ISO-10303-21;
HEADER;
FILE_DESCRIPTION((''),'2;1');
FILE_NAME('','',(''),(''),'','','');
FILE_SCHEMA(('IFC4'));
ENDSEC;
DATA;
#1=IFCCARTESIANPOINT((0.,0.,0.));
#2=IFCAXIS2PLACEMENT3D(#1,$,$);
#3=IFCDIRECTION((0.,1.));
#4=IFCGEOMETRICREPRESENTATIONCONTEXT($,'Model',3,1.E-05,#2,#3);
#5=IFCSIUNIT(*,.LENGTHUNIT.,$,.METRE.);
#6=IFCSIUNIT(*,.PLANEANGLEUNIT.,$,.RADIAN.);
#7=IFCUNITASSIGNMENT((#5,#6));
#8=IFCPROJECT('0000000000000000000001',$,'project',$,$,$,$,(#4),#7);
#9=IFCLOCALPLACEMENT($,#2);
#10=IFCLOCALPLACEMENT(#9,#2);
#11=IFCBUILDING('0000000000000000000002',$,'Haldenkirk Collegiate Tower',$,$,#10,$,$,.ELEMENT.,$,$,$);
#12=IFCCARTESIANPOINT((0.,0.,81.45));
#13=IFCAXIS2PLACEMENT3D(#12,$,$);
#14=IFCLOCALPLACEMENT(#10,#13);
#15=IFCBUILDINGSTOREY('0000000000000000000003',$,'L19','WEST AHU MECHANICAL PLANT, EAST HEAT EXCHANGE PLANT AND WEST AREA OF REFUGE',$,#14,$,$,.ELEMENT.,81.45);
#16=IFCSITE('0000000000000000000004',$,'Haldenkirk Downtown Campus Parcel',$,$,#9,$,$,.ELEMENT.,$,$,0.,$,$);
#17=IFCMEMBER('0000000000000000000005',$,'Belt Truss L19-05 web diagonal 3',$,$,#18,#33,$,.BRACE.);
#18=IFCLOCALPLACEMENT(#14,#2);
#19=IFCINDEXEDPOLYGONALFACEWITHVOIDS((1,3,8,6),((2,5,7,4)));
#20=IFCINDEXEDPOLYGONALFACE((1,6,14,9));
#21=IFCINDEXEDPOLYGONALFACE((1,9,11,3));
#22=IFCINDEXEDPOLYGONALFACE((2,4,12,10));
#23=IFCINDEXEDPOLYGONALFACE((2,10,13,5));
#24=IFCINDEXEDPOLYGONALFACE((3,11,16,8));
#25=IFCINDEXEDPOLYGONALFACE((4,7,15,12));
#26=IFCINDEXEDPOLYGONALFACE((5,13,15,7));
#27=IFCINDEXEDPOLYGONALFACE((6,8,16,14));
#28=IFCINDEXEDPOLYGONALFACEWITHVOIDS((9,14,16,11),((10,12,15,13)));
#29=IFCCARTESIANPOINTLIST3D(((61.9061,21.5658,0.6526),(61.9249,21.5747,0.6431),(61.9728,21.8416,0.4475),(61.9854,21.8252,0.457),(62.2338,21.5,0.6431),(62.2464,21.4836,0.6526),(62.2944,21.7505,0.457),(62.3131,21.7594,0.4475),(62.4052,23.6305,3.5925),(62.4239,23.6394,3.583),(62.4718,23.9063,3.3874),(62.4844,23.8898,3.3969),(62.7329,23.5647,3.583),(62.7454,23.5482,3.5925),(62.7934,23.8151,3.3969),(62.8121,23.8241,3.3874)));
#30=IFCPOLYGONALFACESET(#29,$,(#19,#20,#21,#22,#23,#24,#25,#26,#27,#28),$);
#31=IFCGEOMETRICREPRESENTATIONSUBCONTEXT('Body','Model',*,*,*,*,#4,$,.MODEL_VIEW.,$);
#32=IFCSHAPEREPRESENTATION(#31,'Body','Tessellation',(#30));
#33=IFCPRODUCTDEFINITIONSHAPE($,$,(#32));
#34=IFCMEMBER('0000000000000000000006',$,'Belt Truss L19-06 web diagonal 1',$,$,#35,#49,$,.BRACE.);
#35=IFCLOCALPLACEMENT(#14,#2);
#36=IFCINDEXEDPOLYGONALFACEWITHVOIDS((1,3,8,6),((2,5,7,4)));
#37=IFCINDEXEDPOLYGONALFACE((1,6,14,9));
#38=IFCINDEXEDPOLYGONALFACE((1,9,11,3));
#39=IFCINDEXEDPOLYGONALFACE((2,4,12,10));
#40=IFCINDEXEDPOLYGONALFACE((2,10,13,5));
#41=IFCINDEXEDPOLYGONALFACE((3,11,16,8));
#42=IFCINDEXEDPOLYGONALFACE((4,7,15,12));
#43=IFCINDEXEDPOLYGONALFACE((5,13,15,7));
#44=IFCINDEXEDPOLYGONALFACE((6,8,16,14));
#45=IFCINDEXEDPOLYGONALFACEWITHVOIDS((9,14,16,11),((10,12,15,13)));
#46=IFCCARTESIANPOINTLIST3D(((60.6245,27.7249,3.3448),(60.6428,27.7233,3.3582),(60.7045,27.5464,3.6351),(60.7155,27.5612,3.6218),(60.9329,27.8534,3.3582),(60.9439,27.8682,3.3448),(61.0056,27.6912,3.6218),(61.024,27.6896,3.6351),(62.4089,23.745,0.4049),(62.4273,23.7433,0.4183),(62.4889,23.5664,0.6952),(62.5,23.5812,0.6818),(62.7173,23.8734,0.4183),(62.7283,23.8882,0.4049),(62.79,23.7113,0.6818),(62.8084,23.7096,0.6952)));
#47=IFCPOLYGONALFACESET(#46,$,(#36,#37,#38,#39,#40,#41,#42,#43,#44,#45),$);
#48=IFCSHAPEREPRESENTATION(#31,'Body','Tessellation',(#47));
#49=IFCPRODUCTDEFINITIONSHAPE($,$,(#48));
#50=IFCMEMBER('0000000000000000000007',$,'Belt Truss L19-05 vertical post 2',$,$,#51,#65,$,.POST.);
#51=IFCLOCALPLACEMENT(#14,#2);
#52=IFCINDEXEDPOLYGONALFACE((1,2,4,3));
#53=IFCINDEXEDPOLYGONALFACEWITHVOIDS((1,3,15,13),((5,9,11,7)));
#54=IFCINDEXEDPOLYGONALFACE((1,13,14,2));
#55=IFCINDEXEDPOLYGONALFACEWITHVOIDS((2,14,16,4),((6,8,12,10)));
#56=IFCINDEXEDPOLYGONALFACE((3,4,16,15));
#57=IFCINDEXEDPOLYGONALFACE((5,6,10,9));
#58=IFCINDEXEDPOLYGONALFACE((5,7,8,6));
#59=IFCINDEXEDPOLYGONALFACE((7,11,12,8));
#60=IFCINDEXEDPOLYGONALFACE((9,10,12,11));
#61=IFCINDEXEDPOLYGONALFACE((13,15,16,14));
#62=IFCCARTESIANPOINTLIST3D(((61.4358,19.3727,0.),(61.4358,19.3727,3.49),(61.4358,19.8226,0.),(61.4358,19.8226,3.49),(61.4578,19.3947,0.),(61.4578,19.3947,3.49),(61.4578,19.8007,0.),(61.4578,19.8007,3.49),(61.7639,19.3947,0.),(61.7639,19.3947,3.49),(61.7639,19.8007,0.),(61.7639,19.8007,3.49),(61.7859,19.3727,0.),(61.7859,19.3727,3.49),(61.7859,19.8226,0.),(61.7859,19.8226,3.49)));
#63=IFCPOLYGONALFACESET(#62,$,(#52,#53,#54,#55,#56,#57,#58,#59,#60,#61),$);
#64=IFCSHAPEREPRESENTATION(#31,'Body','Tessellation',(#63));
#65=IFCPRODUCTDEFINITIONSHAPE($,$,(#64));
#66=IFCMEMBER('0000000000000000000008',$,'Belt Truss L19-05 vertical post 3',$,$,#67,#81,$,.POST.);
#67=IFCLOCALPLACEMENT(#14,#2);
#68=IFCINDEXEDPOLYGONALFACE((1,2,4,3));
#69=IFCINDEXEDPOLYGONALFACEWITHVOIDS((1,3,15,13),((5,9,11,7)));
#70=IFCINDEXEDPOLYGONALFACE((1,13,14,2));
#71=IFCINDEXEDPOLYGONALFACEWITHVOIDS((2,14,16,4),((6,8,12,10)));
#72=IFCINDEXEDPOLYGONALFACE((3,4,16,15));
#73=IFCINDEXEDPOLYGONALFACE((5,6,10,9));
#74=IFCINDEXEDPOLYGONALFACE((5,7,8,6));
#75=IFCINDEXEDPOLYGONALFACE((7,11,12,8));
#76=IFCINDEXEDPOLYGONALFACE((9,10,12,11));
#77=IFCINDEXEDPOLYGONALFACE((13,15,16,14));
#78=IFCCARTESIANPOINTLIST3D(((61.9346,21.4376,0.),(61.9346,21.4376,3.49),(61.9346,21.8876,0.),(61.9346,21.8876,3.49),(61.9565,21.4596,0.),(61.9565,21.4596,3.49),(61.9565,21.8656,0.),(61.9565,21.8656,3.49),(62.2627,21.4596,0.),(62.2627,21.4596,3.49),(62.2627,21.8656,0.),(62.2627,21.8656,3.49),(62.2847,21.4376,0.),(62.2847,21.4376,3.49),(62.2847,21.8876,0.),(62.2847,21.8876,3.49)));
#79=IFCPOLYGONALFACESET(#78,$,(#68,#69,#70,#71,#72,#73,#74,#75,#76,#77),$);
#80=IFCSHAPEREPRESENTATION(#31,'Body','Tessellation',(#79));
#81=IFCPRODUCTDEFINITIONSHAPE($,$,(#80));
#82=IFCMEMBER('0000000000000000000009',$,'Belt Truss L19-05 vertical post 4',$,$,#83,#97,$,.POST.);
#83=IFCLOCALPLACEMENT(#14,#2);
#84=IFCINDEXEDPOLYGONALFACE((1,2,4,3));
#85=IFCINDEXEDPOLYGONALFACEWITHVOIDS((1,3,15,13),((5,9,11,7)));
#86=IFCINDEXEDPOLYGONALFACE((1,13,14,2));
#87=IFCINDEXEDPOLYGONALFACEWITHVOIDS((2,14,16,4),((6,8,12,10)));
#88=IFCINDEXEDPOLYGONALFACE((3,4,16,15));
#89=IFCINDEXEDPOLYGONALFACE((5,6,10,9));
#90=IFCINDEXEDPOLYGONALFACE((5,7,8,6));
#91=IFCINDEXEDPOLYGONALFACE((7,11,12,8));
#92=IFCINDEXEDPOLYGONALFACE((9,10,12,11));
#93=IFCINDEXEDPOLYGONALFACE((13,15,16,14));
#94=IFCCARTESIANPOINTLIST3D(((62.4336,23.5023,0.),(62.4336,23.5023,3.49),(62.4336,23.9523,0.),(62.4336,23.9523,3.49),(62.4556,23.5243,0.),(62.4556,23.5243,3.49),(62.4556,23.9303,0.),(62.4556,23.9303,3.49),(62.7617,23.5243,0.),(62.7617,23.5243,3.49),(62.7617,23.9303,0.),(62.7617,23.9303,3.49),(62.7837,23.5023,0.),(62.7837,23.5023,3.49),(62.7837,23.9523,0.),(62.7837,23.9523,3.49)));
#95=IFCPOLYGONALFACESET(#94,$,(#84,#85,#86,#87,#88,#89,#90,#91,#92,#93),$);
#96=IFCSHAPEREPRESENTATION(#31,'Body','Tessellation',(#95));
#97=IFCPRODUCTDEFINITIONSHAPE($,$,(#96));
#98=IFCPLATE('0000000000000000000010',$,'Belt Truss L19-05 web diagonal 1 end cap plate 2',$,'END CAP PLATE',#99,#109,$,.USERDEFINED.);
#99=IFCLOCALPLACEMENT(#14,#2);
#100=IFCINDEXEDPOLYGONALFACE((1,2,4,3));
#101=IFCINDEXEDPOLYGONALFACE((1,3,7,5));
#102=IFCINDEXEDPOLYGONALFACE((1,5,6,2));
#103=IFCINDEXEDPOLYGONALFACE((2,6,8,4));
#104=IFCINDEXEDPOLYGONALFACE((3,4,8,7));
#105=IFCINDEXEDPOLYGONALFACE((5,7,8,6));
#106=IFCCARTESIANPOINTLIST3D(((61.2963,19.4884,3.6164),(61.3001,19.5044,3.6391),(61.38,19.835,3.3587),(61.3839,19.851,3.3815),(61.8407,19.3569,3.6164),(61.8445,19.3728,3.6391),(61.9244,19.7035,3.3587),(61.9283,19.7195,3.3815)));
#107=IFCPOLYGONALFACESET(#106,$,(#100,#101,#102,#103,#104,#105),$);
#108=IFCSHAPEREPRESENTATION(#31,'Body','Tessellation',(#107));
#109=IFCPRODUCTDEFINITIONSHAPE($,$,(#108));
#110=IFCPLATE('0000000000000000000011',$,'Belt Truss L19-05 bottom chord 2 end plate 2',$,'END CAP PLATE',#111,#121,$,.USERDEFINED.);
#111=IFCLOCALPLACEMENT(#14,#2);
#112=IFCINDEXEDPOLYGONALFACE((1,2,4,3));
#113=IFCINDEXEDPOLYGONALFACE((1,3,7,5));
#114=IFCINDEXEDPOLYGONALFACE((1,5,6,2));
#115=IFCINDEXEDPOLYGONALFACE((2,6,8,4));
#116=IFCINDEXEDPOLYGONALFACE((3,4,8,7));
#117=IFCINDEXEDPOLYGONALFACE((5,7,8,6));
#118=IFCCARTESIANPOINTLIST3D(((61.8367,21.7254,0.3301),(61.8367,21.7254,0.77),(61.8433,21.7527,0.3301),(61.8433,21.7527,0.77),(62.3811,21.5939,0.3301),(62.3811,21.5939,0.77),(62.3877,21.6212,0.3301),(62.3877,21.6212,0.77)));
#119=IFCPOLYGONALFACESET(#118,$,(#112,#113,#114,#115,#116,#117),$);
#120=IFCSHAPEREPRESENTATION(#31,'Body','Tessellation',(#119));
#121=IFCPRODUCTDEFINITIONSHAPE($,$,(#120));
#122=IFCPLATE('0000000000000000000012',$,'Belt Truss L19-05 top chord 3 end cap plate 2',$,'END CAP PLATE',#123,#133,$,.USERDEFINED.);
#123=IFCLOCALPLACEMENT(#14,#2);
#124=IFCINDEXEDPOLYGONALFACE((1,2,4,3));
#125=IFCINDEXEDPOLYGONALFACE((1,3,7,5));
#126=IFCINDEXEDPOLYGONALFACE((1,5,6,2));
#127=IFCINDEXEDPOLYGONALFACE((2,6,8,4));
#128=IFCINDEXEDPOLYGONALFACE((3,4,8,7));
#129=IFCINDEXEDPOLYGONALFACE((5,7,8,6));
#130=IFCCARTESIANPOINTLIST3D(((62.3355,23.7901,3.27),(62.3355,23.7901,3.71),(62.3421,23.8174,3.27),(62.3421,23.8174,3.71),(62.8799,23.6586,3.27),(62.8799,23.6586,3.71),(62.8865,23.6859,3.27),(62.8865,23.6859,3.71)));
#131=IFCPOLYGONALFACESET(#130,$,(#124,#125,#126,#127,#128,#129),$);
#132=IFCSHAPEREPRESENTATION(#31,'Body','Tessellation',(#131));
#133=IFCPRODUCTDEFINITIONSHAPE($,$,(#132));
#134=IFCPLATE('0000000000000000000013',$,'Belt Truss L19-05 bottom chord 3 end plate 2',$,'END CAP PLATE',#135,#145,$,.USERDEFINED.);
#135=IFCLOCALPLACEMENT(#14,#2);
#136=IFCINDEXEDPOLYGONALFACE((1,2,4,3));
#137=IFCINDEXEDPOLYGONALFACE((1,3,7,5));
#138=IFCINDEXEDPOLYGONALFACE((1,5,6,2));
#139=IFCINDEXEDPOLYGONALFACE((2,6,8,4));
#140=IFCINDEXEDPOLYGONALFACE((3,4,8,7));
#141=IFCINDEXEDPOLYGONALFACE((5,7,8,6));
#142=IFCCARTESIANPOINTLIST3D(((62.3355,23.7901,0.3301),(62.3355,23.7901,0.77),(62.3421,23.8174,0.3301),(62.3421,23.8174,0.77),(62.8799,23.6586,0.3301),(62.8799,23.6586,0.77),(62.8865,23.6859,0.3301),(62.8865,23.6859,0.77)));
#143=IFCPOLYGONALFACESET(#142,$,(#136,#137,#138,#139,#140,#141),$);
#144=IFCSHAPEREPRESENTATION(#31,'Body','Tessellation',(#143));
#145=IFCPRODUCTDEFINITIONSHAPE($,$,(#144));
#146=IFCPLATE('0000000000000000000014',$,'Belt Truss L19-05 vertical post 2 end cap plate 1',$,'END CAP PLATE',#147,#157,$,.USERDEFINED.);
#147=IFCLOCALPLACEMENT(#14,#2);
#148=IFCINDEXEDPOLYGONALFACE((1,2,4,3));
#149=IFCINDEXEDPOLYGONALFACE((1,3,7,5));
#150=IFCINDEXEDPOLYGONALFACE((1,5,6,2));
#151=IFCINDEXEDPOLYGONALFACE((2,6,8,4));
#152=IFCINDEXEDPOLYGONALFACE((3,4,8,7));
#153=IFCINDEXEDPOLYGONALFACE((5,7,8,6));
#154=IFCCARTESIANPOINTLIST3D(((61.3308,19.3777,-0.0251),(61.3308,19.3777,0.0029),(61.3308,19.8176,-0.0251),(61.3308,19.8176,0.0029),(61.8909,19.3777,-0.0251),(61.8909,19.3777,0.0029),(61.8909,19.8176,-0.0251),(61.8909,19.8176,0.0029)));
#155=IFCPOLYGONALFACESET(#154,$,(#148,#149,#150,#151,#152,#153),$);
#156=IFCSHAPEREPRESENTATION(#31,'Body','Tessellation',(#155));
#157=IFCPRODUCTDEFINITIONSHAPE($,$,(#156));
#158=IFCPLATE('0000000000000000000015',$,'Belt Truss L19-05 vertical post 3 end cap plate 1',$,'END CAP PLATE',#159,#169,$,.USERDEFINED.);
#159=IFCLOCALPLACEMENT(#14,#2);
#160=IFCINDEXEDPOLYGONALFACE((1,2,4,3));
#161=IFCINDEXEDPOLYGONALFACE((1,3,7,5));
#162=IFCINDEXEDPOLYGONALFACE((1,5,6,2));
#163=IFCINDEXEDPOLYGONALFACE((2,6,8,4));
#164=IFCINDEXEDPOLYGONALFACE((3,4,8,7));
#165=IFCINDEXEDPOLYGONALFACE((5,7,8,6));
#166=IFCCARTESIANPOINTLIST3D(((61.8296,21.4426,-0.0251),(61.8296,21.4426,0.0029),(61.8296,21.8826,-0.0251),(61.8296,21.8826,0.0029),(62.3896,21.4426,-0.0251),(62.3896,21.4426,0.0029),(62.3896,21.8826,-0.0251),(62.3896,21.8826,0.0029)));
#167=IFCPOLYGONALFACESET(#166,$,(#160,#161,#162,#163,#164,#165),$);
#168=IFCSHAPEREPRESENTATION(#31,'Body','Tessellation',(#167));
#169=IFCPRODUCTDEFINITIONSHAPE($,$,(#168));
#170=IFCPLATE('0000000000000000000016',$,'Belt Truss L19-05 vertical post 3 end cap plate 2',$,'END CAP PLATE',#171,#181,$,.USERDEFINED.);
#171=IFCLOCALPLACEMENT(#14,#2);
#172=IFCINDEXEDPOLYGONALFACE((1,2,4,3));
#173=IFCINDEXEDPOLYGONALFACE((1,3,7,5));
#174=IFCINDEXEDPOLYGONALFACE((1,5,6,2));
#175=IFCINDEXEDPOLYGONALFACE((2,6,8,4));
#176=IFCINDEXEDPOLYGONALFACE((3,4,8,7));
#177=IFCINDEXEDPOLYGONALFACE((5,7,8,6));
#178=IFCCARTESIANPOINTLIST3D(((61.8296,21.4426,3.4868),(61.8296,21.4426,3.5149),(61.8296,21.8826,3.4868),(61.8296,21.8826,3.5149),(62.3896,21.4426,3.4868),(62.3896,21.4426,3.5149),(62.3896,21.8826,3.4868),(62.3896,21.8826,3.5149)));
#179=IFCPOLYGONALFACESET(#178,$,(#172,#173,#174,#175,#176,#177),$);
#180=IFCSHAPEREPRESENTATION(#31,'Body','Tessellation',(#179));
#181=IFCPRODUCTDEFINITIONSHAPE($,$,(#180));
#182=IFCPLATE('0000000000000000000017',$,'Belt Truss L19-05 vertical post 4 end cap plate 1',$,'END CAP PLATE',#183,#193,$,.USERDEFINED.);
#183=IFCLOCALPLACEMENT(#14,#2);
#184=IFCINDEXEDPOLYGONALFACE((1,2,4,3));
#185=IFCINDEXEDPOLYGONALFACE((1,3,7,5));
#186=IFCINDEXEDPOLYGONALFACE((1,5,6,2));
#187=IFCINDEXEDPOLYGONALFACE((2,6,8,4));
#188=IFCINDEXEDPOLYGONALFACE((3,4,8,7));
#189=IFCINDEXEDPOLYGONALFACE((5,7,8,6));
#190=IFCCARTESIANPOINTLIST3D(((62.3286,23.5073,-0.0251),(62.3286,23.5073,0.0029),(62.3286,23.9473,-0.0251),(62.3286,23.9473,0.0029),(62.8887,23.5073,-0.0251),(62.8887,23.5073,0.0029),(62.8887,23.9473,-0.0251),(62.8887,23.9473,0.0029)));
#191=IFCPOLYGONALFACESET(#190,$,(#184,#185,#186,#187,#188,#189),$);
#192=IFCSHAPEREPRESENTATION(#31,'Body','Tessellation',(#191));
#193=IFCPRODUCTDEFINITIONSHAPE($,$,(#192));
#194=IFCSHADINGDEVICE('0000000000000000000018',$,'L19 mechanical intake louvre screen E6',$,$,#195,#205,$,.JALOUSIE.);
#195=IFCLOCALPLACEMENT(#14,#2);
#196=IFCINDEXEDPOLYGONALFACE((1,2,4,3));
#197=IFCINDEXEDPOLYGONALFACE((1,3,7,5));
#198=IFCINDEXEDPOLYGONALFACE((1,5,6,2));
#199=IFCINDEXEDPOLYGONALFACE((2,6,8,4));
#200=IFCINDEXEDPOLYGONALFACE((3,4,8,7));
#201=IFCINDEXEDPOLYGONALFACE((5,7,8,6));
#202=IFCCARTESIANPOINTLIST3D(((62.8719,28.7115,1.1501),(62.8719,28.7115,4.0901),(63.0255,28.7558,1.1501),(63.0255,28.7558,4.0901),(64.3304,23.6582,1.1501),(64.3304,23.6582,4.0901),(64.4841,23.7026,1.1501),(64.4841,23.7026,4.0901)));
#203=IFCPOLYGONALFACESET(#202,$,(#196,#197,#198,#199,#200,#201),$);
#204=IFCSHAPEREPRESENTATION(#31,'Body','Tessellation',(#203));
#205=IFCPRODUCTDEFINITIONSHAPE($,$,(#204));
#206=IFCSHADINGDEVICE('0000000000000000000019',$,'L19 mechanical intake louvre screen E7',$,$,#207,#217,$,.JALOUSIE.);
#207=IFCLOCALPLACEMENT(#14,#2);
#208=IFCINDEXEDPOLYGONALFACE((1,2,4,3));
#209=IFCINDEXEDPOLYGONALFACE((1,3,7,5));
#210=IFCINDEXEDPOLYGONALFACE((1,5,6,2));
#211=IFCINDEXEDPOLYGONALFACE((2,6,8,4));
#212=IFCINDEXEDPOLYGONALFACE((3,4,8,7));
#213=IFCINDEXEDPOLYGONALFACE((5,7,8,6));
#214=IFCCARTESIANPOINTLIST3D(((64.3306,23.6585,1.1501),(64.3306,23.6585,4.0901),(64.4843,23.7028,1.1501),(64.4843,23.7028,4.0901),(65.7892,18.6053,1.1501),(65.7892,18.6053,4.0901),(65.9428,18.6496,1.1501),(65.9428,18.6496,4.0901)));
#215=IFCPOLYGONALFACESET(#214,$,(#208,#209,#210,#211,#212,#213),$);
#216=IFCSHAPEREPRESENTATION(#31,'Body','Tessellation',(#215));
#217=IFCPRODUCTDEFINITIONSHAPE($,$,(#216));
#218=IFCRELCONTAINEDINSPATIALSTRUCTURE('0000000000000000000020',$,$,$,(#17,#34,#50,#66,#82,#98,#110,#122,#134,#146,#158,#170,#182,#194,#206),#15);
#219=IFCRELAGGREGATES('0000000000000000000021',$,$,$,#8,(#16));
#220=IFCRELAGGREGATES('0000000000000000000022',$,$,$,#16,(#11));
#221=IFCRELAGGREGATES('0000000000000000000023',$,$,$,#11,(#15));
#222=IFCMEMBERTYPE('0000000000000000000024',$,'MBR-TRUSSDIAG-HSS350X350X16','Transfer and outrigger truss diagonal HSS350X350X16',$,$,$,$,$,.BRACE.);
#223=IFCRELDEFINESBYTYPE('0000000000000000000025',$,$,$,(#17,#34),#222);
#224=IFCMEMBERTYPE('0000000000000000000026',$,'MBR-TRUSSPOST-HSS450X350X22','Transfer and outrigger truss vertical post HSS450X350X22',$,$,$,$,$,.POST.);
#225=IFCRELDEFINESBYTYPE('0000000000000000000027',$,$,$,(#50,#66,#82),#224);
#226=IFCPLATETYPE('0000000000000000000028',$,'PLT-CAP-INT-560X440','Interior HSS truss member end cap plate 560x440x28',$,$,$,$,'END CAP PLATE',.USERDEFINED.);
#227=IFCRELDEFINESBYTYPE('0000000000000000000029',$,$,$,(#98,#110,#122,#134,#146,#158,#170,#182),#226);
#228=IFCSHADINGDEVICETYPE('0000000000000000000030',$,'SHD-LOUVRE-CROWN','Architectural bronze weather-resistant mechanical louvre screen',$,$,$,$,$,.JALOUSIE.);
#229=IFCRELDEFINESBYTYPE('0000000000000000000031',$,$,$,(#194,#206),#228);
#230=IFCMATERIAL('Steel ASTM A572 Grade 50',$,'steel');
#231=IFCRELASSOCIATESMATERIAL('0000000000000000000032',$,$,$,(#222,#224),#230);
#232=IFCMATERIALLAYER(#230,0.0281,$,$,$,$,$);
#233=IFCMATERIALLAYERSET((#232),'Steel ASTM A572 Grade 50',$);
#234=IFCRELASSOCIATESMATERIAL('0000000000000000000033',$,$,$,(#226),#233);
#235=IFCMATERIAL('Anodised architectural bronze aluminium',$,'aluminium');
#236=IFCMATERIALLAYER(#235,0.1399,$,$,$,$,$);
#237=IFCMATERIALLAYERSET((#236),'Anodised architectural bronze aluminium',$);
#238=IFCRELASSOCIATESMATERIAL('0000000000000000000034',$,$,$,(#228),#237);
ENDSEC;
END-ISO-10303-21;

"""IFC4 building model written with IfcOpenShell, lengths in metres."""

from ifc_helpers import new_model, si_unit, direction, frame, origin, origin_2d, place, context, subcontext, project, spatial, rectangle, hollow_rectangle, extrude, source, transform, mapped, material, layer, layer_set, material_profile, profile_set, type_object, element, save


model = new_model("IFC4")

# Units and contexts
model_context = context("Model", 3, precision=1e-05, world=origin(), true_north=direction((0.0, 1.0)))
body_context = subcontext(model_context, "Body", "Model", "MODEL_VIEW")
ifc_project = project(units=[si_unit("LENGTHUNIT", "METRE"), si_unit("PLANEANGLEUNIT", "RADIAN")], contexts=[model_context])

# Site, building, storey
site_placement = place(None, origin())
site = spatial("IfcSite", under=ifc_project, at=site_placement, Name="Haldenkirk Downtown Campus Parcel", CompositionType="ELEMENT", RefElevation=0.0)
building_placement = place(site_placement, origin())
building = spatial("IfcBuilding", under=site, at=building_placement, Name="Haldenkirk Collegiate Tower", CompositionType="ELEMENT")
storey_placement = place(building_placement, frame((0.0, 0.0, 81.45)))
storey = spatial("IfcBuildingStorey", under=building, at=storey_placement, Name="L19", Description="WEST AHU MECHANICAL PLANT, EAST HEAT EXCHANGE PLANT AND WEST AREA OF REFUGE", CompositionType="ELEMENT", Elevation=81.45)

# Members
ifc_material_1 = material(Name="Steel ASTM A572 Grade 50", Category="steel")
ifc_material_profile_1 = material_profile(ifc_material_1, hollow_rectangle(XDim=0.3501, YDim=0.3501, WallThickness=0.0161, at=origin_2d()), Name="HSS350X350X16")
ifc_profile_set_1 = profile_set([ifc_material_profile_1], Name="Steel ASTM A572 Grade 50")
member_type_1 = type_object("IfcMemberType", Name="MBR-TRUSSDIAG-HSS350X350X16", Description="Transfer and outrigger truss diagonal HSS350X350X16", PredefinedType="BRACE", material=ifc_profile_set_1)
member_1_placement = place(storey_placement, frame((62.1096, 21.6626, 0.55), z_axis=(0.137585, 0.569255, 0.810567), x_axis=(-0.972013, 0.234929, 0.0)))
element("IfcMember", 1, at=member_1_placement, inside=storey, type_object=member_type_1, Name="Belt Truss L19-05 web diagonal 3", PredefinedType="BRACE", context=body_context, shape_type="SweptSolid", body=[
    extrude(hollow_rectangle(XDim=0.3501, YDim=0.3501, WallThickness=0.0161, at=origin_2d()), origin(), (0.0, 0.0, 1.0), 3.627),
])
member_2_placement = place(storey_placement, frame((62.6086, 23.7273, 0.55), z_axis=(-0.339244, 0.756649, 0.558924), x_axis=(-0.912484, -0.409112, 0.0)))
element("IfcMember", 2, at=member_2_placement, inside=storey, type_object=member_type_1, Name="Belt Truss L19-06 web diagonal 1", PredefinedType="BRACE", context=body_context, shape_type="SweptSolid", body=[
    extrude(hollow_rectangle(XDim=0.3501, YDim=0.3501, WallThickness=0.0161, at=origin_2d()), origin(), (0.0, 0.0, 1.0), 5.26),
])
ifc_material_profile_2 = material_profile(ifc_material_1, hollow_rectangle(XDim=0.3501, YDim=0.45, WallThickness=0.022, at=origin_2d()), Name="HSS450X350X22")
ifc_profile_set_2 = profile_set([ifc_material_profile_2], Name="Steel ASTM A572 Grade 50")
member_type_2 = type_object("IfcMemberType", Name="MBR-TRUSSPOST-HSS450X350X22", Description="Transfer and outrigger truss vertical post HSS450X350X22", PredefinedType="POST", material=ifc_profile_set_2)
for number, where, z_axis, x_axis, name in (
    (3, (61.6108, 19.5977, 0.0), (0.0, 0.0, 1.0), (1.0, 0.0, 0.0), "Belt Truss L19-05 vertical post 2"),
    (4, (62.1096, 21.6626, 0.0), (0.0, 0.0, 1.0), (1.0, 0.0, 0.0), "Belt Truss L19-05 vertical post 3"),
    (5, (62.6086, 23.7273, 0.0), (0.0, 0.0, 1.0), (1.0, 0.0, 0.0), "Belt Truss L19-05 vertical post 4"),
):
    element("IfcMember", number, at=place(storey_placement, frame(where, z_axis=z_axis, x_axis=x_axis)), inside=storey, type_object=member_type_2, Name=name, PredefinedType="POST", context=body_context, shape_type="SweptSolid", body=[
        extrude(hollow_rectangle(XDim=0.3501, YDim=0.45, WallThickness=0.022, at=origin_2d()), origin(), (0.0, 0.0, 1.0), 3.49),
    ])

# Plates
ifc_layer_1 = layer(ifc_material_1, 0.0281)
ifc_layer_set_1 = layer_set([ifc_layer_1], Name="Steel ASTM A572 Grade 50")
plate_type = type_object("IfcPlateType", Name="PLT-CAP-INT-560X440", Description="Interior HSS truss member end cap plate 560x440x28", ElementType="END CAP PLATE", PredefinedType="USERDEFINED", material=ifc_layer_set_1)
shared_shape_1 = source(origin(), body_context, "Body", "SweptSolid", [
    extrude(rectangle(XDim=0.5601, YDim=0.4399, at=origin_2d()), origin(), (0.0, 0.0, 1.0), 0.0281),
])
for number, where, z_axis, x_axis, name in (
    (6, (61.6104, 19.5959, 3.4875), (0.137548, 0.569269, 0.810564), (-0.972028, 0.234863, 0.0), "Belt Truss L19-05 web diagonal 1 end cap plate 2"),
    (7, (62.1089, 21.6597, 0.55), (0.234845, 0.972033, 0.0), (-0.972033, 0.234845, 0.0), "Belt Truss L19-05 bottom chord 2 end plate 2"),
    (8, (62.6077, 23.7244, 3.49), (0.234863, 0.972028, 0.0), (-0.972028, 0.234863, 0.0), "Belt Truss L19-05 top chord 3 end cap plate 2"),
    (9, (62.6077, 23.7244, 0.55), (0.234845, 0.972033, 0.0), (-0.972033, 0.234845, 0.0), "Belt Truss L19-05 bottom chord 3 end plate 2"),
    (10, (61.6108, 19.5977, 0.0029), (0.0, 0.0, -1.0), (1.0, 0.0, 0.0), "Belt Truss L19-05 vertical post 2 end cap plate 1"),
    (11, (62.1096, 21.6626, 0.0029), (0.0, 0.0, -1.0), (1.0, 0.0, 0.0), "Belt Truss L19-05 vertical post 3 end cap plate 1"),
    (12, (62.1096, 21.6626, 3.4868), (0.0, 0.0, 1.0), (1.0, 0.0, 0.0), "Belt Truss L19-05 vertical post 3 end cap plate 2"),
    (13, (62.6086, 23.7273, 0.0029), (0.0, 0.0, -1.0), (1.0, 0.0, 0.0), "Belt Truss L19-05 vertical post 4 end cap plate 1"),
):
    element("IfcPlate", number, at=place(storey_placement, frame(where, z_axis=z_axis, x_axis=x_axis)), inside=storey, type_object=plate_type, Name=name, ObjectType="END CAP PLATE", PredefinedType="USERDEFINED", context=body_context, shape_type="MappedRepresentation", body=[
        mapped(shared_shape_1, transform((0.0, 0.0, 0.0), x_axis=(1.0, 0.0, 0.0), y_axis=(0.0, 1.0, 0.0), z_axis=(0.0, 0.0, 1.0), scale=1.0)),
    ])

# Shading devices
ifc_material_2 = material(Name="Anodised architectural bronze aluminium", Category="aluminium")
ifc_layer_2 = layer(ifc_material_2, 0.1399)
ifc_layer_set_2 = layer_set([ifc_layer_2], Name="Anodised architectural bronze aluminium")
shading_device_type = type_object("IfcShadingDeviceType", Name="SHD-LOUVRE-CROWN", Description="Architectural bronze weather-resistant mechanical louvre screen", PredefinedType="JALOUSIE", material=ifc_layer_set_2)
shared_shape_2 = source(origin(), body_context, "Body", "SweptSolid", [
    extrude(rectangle(XDim=5.2595, YDim=0.1599, at=origin_2d()), origin(), (0.0, 0.0, 1.0), 2.9399),
])
for number, where, z_axis, x_axis, name in (
    (14, (63.678, 26.207, 1.1501), (0.0, 0.0, 1.0), (0.277315, -0.960779, 0.0), "L19 mechanical intake louvre screen E6"),
    (15, (65.1367, 21.1541, 1.1501), (0.0, 0.0, 1.0), (0.277315, -0.960779, 0.0), "L19 mechanical intake louvre screen E7"),
):
    element("IfcShadingDevice", number, at=place(storey_placement, frame(where, z_axis=z_axis, x_axis=x_axis)), inside=storey, type_object=shading_device_type, Name=name, PredefinedType="JALOUSIE", context=body_context, shape_type="MappedRepresentation", body=[
        mapped(shared_shape_2, transform((0.0, 0.0, 0.0), x_axis=(1.0, 0.0, 0.0), y_axis=(0.0, 1.0, 0.0), z_axis=(0.0, 0.0, 1.0), scale=1.0)),
    ])

save(model, "model.ifc")
